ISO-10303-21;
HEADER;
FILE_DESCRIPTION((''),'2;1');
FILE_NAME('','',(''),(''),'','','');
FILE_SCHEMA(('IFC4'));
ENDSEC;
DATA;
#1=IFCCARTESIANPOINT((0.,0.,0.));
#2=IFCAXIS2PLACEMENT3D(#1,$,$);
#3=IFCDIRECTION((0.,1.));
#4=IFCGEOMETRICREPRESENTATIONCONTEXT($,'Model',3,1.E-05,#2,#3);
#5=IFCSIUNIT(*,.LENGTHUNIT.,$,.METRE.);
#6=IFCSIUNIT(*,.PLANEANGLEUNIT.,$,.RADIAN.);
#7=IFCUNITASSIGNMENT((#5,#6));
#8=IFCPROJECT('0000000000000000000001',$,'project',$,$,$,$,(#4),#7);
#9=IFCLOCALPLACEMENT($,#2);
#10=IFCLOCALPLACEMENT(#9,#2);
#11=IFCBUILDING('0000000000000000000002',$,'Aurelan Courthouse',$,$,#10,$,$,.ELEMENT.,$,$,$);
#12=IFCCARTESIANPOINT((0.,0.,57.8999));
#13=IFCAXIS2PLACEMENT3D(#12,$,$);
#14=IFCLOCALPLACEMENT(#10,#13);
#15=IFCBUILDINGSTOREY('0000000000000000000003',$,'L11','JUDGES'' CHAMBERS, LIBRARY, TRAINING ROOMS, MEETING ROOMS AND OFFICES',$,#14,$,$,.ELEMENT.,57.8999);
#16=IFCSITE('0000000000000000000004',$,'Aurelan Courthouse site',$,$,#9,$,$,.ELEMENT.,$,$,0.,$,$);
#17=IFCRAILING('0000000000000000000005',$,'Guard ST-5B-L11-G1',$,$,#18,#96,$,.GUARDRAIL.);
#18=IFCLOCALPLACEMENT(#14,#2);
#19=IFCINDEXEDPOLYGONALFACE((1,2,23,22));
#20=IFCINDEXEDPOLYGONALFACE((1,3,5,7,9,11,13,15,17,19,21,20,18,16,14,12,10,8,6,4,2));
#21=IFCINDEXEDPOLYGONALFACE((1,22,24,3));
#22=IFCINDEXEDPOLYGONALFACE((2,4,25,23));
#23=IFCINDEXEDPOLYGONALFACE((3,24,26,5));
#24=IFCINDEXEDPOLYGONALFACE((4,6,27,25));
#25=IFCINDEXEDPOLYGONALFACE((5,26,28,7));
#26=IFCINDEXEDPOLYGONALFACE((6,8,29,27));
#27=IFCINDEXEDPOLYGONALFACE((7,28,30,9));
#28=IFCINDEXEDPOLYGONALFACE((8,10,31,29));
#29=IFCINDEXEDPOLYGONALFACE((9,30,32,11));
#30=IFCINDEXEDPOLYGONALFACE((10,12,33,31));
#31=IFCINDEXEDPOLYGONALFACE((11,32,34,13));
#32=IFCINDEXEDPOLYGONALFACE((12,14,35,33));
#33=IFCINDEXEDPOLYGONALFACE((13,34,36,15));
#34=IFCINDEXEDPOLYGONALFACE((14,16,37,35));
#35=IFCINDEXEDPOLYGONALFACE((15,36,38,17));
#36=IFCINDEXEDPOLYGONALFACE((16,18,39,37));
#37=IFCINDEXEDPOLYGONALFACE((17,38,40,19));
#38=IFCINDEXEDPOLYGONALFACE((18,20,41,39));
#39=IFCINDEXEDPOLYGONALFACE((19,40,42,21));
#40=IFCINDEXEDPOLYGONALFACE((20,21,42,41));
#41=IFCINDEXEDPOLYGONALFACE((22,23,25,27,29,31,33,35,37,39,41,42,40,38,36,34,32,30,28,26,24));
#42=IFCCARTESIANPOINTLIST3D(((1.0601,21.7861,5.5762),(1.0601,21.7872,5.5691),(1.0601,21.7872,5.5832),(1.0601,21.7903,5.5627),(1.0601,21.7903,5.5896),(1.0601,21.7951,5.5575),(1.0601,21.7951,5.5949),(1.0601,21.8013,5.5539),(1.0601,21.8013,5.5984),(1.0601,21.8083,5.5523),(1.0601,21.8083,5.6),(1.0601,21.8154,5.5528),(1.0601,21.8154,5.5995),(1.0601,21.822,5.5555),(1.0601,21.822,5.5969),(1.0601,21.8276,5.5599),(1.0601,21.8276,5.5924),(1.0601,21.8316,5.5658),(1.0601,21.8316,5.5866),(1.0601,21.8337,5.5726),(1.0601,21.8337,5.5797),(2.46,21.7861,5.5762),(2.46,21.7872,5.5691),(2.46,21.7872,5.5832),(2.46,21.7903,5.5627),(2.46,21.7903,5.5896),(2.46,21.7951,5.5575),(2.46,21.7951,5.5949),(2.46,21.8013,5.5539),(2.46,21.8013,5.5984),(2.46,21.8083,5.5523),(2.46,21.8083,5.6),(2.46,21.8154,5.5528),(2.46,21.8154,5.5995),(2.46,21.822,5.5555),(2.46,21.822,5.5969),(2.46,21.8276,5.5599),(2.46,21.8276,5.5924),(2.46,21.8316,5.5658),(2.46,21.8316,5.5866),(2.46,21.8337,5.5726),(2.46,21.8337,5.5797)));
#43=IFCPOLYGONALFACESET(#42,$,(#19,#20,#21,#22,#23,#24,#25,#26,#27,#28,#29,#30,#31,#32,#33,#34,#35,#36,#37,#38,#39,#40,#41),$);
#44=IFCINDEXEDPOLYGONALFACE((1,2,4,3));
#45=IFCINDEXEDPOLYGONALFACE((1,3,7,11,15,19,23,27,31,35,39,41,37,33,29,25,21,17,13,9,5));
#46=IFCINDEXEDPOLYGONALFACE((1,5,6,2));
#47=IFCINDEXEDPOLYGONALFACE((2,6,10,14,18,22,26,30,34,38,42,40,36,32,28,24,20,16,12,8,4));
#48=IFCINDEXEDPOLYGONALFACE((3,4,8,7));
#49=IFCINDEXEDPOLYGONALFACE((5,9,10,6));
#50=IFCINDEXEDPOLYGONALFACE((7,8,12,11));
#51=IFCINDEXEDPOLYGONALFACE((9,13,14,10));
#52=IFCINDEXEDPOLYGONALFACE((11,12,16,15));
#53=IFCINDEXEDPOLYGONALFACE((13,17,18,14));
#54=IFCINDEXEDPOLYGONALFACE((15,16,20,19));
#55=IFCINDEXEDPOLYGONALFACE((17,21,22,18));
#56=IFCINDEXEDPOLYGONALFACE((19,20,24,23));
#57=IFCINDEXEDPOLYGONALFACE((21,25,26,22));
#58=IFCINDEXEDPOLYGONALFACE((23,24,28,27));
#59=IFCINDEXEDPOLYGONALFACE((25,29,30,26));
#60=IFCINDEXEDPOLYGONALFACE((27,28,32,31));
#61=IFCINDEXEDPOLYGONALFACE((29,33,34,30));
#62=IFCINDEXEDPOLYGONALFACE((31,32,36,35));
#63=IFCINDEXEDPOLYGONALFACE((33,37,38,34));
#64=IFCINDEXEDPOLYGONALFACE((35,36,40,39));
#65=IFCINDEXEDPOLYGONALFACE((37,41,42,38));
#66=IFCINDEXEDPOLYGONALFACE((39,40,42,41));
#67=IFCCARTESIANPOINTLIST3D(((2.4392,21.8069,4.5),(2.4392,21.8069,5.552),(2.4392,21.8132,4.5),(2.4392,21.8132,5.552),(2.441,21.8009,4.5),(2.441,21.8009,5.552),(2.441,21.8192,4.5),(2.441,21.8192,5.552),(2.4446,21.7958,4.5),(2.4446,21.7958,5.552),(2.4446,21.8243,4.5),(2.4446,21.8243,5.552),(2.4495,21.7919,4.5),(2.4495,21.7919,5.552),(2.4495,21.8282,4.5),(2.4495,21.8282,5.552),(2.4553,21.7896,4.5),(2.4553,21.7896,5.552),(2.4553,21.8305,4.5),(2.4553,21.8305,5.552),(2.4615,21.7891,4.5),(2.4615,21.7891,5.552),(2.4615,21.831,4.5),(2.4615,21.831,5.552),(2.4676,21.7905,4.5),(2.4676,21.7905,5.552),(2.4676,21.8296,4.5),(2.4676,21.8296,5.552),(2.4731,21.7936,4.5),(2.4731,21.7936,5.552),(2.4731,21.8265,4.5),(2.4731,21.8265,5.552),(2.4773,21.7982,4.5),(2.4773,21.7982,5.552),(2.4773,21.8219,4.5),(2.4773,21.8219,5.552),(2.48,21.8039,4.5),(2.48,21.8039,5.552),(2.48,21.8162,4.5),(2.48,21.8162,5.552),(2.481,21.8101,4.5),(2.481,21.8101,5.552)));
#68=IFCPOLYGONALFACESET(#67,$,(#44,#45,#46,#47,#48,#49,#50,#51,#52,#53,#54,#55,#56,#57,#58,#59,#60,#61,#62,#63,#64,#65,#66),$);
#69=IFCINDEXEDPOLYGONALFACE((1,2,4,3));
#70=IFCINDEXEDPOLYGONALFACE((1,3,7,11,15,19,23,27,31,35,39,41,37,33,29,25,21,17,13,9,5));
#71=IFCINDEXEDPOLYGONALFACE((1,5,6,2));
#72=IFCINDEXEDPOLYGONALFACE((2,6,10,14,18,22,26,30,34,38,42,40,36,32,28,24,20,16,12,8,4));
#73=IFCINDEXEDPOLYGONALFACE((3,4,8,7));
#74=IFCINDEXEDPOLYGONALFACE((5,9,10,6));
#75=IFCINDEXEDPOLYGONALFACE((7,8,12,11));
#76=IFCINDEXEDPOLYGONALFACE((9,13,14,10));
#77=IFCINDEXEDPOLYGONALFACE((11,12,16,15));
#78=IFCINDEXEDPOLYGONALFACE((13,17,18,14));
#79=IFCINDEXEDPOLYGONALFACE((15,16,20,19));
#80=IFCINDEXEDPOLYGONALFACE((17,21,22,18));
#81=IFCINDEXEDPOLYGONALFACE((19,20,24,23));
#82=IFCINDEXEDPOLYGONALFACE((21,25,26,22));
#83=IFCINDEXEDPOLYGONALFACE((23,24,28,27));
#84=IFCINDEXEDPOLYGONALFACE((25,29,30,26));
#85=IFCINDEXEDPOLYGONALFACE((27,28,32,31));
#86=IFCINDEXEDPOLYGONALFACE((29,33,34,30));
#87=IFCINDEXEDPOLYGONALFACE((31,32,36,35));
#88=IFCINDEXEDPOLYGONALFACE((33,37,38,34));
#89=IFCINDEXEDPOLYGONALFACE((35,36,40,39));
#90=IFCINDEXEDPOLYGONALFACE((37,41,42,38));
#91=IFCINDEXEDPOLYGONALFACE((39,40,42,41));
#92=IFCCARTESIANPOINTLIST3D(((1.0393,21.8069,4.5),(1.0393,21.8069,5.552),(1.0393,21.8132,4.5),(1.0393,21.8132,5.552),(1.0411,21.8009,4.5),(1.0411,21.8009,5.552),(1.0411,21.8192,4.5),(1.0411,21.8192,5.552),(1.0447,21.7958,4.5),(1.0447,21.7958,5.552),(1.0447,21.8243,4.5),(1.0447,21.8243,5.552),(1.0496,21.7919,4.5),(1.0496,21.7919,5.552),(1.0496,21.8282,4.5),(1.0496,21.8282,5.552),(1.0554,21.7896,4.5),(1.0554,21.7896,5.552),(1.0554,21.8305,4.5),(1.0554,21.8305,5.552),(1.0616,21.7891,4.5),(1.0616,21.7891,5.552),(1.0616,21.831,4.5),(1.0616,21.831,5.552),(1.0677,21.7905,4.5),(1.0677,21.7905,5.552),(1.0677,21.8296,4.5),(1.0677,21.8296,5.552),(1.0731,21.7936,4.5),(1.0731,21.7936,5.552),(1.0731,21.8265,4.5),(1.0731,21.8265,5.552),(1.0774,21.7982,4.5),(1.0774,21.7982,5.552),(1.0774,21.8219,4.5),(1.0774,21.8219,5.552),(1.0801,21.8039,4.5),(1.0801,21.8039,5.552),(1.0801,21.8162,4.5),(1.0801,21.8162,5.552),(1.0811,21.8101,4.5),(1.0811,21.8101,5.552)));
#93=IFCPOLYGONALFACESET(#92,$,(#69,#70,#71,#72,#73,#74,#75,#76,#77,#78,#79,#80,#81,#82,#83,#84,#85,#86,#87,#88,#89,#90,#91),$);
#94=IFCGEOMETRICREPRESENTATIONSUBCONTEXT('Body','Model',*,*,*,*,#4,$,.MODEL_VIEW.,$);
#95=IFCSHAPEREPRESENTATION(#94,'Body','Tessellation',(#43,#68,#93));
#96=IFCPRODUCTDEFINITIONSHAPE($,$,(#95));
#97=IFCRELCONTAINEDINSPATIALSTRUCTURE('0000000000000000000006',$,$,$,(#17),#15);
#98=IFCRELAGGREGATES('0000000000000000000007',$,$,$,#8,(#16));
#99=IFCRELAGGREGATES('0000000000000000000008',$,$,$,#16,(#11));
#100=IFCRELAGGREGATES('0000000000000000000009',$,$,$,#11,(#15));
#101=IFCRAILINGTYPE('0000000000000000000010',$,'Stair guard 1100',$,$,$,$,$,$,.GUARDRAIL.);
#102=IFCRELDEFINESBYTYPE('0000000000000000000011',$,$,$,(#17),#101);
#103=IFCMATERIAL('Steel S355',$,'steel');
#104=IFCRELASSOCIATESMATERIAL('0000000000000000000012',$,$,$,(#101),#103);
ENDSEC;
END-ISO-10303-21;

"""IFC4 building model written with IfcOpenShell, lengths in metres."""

from ifc_helpers import new_model, si_unit, direction, frame, origin, origin_2d, place, context, subcontext, project, spatial, circle, extrude, material, type_object, element, save


model = new_model("IFC4")

# Units and contexts
model_context = context("Model", 3, precision=1e-05, world=origin(), true_north=direction((0.0, 1.0)))
body_context = subcontext(model_context, "Body", "Model", "MODEL_VIEW")
ifc_project = project(units=[si_unit("LENGTHUNIT", "METRE"), si_unit("PLANEANGLEUNIT", "RADIAN")], contexts=[model_context])

# Site, building, storey
site_placement = place(None, origin())
site = spatial("IfcSite", under=ifc_project, at=site_placement, Name="Aurelan Courthouse site", CompositionType="ELEMENT", RefElevation=0.0)
building_placement = place(site_placement, origin())
building = spatial("IfcBuilding", under=site, at=building_placement, Name="Aurelan Courthouse", CompositionType="ELEMENT")
storey_placement = place(building_placement, frame((0.0, 0.0, 57.8999)))
storey = spatial("IfcBuildingStorey", under=building, at=storey_placement, Name="L11", Description="JUDGES' CHAMBERS, LIBRARY, TRAINING ROOMS, MEETING ROOMS AND OFFICES", CompositionType="ELEMENT", Elevation=57.8999)

# Railing
ifc_material_1 = material(Name="Steel S355", Category="steel")
railing_type_1 = type_object("IfcRailingType", Name="Stair guard 1100", PredefinedType="GUARDRAIL", material=ifc_material_1)
railing_1_placement = place(storey_placement, frame((2.46, 21.8101, 4.5)))
element("IfcRailing", 1, at=railing_1_placement, inside=storey, type_object=railing_type_1, Name="Guard ST-5B-L11-G1", PredefinedType="GUARDRAIL", context=body_context, shape_type="SweptSolid", body=[
    extrude(circle(Radius=0.0239, at=origin_2d()), frame((0.0, 0.0, 1.0762), z_axis=(-1.0, 0.0, 0.0), x_axis=(0.0, -1.0, 0.0)), (0.0, 0.0, 1.0), 1.3999),
    extrude(circle(Radius=0.021, at=origin_2d()), origin(), (0.0, 0.0, 1.0), 1.052),
    extrude(circle(Radius=0.021, at=origin_2d()), frame((-1.3999, 0.0, 0.0)), (0.0, 0.0, 1.0), 1.052),
])

save(model, "model.ifc")
